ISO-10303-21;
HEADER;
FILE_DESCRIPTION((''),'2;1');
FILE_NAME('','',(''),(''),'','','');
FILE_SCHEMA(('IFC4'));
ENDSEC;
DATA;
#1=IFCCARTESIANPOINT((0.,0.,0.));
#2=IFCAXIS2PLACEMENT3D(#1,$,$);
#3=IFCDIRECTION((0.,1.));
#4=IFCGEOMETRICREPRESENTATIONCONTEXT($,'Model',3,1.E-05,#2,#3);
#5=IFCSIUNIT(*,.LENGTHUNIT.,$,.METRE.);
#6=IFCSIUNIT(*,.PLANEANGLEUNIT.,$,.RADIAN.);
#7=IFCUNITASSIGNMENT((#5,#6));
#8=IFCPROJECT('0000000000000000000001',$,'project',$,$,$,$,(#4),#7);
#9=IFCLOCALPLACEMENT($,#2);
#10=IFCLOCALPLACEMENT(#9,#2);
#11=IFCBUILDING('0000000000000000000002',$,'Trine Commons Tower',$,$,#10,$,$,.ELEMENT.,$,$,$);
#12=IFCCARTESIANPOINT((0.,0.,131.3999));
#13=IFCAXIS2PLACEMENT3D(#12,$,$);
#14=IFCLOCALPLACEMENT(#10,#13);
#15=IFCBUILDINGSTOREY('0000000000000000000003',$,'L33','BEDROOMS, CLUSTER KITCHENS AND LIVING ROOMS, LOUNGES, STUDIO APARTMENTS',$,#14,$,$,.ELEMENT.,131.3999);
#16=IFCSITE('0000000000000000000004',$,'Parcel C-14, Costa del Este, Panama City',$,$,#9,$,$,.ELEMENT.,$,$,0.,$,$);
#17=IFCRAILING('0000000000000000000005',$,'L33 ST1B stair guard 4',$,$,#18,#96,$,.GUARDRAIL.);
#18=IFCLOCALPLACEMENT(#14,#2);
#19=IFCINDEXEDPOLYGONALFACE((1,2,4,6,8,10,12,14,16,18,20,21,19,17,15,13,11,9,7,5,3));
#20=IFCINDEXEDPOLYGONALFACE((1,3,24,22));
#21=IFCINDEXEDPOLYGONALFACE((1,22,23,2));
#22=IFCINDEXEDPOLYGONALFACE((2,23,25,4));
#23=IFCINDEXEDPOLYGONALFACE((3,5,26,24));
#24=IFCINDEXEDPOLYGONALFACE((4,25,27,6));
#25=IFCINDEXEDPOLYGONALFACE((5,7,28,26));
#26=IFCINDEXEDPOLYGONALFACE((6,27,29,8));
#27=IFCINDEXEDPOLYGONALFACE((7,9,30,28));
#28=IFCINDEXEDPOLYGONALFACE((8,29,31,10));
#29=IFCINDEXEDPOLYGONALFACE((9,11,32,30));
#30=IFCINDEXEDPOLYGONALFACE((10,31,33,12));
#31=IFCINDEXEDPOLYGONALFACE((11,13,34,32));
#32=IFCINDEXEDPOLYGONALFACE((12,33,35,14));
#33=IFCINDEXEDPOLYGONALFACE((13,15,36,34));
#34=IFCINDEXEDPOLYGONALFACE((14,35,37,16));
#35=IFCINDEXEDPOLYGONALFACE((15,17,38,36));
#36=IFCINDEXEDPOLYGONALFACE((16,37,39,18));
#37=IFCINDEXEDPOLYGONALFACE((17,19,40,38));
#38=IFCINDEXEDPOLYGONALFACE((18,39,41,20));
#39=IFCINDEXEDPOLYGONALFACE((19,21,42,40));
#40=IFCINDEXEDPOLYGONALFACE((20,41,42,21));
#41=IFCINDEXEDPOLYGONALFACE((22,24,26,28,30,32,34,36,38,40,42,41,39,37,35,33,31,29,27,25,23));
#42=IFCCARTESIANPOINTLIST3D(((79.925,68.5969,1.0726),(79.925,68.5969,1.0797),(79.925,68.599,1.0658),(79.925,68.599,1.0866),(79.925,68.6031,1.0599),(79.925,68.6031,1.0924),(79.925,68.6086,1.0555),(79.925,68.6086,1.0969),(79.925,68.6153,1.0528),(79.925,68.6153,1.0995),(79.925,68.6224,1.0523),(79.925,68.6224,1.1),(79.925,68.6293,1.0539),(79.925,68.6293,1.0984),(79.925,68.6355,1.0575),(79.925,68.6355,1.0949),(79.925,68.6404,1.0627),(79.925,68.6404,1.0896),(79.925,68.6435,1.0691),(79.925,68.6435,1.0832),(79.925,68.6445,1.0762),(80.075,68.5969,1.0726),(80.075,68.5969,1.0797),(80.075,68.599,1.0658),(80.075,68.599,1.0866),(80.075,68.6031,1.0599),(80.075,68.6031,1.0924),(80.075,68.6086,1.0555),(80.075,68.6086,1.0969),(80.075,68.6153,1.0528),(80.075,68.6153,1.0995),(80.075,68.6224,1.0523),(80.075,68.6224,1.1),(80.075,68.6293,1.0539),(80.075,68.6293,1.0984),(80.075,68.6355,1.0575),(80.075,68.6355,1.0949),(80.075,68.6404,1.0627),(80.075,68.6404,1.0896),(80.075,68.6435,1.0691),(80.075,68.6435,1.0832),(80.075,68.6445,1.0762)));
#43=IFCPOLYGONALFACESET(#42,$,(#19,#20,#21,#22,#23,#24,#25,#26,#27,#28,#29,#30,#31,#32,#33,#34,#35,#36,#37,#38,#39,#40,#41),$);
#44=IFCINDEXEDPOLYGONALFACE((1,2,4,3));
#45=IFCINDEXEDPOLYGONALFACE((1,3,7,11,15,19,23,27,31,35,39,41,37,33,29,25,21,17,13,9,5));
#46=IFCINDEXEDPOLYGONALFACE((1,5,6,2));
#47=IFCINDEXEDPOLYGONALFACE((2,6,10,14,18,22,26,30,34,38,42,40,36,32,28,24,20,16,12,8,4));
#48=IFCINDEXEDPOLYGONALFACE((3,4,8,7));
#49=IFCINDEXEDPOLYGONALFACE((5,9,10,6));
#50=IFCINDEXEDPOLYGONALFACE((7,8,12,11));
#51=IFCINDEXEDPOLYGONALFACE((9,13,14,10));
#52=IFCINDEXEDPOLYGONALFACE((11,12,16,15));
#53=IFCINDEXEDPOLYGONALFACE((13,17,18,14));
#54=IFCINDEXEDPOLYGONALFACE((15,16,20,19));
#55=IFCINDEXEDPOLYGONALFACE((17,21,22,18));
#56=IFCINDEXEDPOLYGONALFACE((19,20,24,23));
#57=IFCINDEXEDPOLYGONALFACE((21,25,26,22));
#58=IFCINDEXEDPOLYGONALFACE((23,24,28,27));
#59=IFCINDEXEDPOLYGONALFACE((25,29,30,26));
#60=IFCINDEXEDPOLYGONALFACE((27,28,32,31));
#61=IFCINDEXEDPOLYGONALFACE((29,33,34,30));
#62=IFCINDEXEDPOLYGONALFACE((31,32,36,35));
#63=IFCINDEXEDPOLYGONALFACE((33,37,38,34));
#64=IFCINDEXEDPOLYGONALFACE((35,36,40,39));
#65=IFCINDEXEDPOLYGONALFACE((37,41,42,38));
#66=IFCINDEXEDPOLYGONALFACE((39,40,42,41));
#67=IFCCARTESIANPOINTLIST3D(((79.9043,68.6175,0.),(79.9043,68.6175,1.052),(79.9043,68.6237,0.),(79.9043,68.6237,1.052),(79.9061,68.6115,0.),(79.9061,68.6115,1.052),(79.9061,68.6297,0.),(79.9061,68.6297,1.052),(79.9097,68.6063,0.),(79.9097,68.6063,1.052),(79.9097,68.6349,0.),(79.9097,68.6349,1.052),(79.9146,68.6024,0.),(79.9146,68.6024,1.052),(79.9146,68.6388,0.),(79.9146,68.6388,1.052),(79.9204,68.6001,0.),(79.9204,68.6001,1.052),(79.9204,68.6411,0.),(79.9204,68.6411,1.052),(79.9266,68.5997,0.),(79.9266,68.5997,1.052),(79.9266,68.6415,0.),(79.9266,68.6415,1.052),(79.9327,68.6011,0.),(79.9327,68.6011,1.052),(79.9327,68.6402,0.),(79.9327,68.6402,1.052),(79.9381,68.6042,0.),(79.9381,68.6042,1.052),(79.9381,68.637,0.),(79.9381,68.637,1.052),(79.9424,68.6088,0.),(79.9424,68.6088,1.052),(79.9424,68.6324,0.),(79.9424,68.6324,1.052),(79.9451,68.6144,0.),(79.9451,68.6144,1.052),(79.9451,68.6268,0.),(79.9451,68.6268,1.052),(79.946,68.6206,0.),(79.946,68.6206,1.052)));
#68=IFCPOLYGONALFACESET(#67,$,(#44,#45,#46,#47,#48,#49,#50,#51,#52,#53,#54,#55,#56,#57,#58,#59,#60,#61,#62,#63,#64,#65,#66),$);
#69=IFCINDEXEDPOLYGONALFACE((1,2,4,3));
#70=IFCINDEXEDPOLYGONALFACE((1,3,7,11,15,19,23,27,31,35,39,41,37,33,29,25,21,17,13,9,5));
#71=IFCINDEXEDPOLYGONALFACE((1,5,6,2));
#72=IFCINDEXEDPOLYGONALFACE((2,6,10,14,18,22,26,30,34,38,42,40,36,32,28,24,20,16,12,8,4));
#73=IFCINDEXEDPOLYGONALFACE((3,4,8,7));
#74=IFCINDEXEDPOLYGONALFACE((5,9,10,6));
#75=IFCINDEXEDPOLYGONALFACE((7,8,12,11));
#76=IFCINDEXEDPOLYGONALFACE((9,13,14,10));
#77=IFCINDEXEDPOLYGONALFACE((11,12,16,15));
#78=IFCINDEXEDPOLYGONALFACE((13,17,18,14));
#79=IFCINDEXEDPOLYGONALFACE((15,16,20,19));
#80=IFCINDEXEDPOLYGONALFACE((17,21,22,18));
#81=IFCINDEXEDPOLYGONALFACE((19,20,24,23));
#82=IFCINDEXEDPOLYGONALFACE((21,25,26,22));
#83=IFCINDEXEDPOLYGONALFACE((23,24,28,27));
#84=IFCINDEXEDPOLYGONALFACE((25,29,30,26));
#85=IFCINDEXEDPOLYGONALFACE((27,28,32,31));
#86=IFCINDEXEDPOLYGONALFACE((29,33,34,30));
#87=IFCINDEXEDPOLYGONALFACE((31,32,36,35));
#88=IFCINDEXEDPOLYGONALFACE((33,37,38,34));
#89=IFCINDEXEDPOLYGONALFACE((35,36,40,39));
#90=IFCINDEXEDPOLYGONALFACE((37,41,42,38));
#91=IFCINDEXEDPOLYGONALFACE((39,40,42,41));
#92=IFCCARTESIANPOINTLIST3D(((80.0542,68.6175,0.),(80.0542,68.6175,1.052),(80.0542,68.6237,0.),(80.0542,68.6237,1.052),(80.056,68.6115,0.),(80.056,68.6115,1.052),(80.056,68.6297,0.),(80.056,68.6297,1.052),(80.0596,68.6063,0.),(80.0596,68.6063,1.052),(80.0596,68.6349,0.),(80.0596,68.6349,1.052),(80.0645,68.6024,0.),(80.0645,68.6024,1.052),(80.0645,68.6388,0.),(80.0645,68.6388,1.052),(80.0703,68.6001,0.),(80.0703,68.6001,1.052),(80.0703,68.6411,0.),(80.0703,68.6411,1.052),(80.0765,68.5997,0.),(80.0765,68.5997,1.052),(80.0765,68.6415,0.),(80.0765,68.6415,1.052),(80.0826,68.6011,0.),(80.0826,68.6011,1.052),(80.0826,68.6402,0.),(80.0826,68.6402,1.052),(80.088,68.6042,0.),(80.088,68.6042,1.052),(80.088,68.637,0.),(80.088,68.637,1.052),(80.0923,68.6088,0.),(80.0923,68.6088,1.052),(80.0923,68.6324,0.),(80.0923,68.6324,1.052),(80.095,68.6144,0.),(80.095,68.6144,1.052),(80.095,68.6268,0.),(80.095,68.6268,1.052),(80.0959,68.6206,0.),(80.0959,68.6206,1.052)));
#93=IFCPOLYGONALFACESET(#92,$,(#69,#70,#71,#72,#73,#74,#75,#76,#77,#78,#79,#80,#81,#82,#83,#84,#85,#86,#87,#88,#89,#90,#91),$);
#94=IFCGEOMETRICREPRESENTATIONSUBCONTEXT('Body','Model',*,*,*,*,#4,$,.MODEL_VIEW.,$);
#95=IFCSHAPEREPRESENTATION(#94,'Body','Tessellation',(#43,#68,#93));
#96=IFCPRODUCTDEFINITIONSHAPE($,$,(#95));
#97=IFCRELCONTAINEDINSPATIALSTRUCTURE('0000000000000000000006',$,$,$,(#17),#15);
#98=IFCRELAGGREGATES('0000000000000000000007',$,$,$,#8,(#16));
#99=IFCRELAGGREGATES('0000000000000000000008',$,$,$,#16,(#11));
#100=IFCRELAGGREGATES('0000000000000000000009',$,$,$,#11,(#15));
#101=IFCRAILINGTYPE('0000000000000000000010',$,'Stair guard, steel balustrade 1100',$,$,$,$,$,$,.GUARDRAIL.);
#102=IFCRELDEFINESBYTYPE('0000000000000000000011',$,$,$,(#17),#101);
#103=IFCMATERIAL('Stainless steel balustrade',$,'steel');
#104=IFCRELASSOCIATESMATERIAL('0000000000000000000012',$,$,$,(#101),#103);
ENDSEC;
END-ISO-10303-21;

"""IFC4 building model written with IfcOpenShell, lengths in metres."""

from ifc_helpers import new_model, si_unit, direction, frame, origin, origin_2d, place, context, subcontext, project, spatial, circle, extrude, material, type_object, element, save


model = new_model("IFC4")

# Units and contexts
model_context = context("Model", 3, precision=1e-05, world=origin(), true_north=direction((0.0, 1.0)))
body_context = subcontext(model_context, "Body", "Model", "MODEL_VIEW")
ifc_project = project(units=[si_unit("LENGTHUNIT", "METRE"), si_unit("PLANEANGLEUNIT", "RADIAN")], contexts=[model_context])

# Site, building, storey
site_placement = place(None, origin())
site = spatial("IfcSite", under=ifc_project, at=site_placement, Name="Parcel C-14, Costa del Este, Panama City", CompositionType="ELEMENT", RefElevation=0.0)
building_placement = place(site_placement, origin())
building = spatial("IfcBuilding", under=site, at=building_placement, Name="Trine Commons Tower", CompositionType="ELEMENT")
storey_placement = place(building_placement, frame((0.0, 0.0, 131.3999)))
storey = spatial("IfcBuildingStorey", under=building, at=storey_placement, Name="L33", Description="BEDROOMS, CLUSTER KITCHENS AND LIVING ROOMS, LOUNGES, STUDIO APARTMENTS", CompositionType="ELEMENT", Elevation=131.3999)

# Railing
ifc_material_1 = material(Name="Stainless steel balustrade", Category="steel")
railing_type_1 = type_object("IfcRailingType", Name="Stair guard, steel balustrade 1100", PredefinedType="GUARDRAIL", material=ifc_material_1)
railing_1_placement = place(storey_placement, frame((79.925, 68.6206, 0.0)))
element("IfcRailing", 1, at=railing_1_placement, inside=storey, type_object=railing_type_1, Name="L33 ST1B stair guard 4", PredefinedType="GUARDRAIL", context=body_context, shape_type="SweptSolid", body=[
    extrude(circle(Radius=0.0239, at=origin_2d()), frame((0.0, 0.0, 1.0762), z_axis=(1.0, 0.0, 0.0), x_axis=(0.0, 1.0, 0.0)), (0.0, 0.0, 1.0), 0.1499),
    extrude(circle(Radius=0.021, at=origin_2d()), origin(), (0.0, 0.0, 1.0), 1.052),
    extrude(circle(Radius=0.021, at=origin_2d()), frame((0.1499, 0.0, 0.0)), (0.0, 0.0, 1.0), 1.052),
])

save(model, "model.ifc")
